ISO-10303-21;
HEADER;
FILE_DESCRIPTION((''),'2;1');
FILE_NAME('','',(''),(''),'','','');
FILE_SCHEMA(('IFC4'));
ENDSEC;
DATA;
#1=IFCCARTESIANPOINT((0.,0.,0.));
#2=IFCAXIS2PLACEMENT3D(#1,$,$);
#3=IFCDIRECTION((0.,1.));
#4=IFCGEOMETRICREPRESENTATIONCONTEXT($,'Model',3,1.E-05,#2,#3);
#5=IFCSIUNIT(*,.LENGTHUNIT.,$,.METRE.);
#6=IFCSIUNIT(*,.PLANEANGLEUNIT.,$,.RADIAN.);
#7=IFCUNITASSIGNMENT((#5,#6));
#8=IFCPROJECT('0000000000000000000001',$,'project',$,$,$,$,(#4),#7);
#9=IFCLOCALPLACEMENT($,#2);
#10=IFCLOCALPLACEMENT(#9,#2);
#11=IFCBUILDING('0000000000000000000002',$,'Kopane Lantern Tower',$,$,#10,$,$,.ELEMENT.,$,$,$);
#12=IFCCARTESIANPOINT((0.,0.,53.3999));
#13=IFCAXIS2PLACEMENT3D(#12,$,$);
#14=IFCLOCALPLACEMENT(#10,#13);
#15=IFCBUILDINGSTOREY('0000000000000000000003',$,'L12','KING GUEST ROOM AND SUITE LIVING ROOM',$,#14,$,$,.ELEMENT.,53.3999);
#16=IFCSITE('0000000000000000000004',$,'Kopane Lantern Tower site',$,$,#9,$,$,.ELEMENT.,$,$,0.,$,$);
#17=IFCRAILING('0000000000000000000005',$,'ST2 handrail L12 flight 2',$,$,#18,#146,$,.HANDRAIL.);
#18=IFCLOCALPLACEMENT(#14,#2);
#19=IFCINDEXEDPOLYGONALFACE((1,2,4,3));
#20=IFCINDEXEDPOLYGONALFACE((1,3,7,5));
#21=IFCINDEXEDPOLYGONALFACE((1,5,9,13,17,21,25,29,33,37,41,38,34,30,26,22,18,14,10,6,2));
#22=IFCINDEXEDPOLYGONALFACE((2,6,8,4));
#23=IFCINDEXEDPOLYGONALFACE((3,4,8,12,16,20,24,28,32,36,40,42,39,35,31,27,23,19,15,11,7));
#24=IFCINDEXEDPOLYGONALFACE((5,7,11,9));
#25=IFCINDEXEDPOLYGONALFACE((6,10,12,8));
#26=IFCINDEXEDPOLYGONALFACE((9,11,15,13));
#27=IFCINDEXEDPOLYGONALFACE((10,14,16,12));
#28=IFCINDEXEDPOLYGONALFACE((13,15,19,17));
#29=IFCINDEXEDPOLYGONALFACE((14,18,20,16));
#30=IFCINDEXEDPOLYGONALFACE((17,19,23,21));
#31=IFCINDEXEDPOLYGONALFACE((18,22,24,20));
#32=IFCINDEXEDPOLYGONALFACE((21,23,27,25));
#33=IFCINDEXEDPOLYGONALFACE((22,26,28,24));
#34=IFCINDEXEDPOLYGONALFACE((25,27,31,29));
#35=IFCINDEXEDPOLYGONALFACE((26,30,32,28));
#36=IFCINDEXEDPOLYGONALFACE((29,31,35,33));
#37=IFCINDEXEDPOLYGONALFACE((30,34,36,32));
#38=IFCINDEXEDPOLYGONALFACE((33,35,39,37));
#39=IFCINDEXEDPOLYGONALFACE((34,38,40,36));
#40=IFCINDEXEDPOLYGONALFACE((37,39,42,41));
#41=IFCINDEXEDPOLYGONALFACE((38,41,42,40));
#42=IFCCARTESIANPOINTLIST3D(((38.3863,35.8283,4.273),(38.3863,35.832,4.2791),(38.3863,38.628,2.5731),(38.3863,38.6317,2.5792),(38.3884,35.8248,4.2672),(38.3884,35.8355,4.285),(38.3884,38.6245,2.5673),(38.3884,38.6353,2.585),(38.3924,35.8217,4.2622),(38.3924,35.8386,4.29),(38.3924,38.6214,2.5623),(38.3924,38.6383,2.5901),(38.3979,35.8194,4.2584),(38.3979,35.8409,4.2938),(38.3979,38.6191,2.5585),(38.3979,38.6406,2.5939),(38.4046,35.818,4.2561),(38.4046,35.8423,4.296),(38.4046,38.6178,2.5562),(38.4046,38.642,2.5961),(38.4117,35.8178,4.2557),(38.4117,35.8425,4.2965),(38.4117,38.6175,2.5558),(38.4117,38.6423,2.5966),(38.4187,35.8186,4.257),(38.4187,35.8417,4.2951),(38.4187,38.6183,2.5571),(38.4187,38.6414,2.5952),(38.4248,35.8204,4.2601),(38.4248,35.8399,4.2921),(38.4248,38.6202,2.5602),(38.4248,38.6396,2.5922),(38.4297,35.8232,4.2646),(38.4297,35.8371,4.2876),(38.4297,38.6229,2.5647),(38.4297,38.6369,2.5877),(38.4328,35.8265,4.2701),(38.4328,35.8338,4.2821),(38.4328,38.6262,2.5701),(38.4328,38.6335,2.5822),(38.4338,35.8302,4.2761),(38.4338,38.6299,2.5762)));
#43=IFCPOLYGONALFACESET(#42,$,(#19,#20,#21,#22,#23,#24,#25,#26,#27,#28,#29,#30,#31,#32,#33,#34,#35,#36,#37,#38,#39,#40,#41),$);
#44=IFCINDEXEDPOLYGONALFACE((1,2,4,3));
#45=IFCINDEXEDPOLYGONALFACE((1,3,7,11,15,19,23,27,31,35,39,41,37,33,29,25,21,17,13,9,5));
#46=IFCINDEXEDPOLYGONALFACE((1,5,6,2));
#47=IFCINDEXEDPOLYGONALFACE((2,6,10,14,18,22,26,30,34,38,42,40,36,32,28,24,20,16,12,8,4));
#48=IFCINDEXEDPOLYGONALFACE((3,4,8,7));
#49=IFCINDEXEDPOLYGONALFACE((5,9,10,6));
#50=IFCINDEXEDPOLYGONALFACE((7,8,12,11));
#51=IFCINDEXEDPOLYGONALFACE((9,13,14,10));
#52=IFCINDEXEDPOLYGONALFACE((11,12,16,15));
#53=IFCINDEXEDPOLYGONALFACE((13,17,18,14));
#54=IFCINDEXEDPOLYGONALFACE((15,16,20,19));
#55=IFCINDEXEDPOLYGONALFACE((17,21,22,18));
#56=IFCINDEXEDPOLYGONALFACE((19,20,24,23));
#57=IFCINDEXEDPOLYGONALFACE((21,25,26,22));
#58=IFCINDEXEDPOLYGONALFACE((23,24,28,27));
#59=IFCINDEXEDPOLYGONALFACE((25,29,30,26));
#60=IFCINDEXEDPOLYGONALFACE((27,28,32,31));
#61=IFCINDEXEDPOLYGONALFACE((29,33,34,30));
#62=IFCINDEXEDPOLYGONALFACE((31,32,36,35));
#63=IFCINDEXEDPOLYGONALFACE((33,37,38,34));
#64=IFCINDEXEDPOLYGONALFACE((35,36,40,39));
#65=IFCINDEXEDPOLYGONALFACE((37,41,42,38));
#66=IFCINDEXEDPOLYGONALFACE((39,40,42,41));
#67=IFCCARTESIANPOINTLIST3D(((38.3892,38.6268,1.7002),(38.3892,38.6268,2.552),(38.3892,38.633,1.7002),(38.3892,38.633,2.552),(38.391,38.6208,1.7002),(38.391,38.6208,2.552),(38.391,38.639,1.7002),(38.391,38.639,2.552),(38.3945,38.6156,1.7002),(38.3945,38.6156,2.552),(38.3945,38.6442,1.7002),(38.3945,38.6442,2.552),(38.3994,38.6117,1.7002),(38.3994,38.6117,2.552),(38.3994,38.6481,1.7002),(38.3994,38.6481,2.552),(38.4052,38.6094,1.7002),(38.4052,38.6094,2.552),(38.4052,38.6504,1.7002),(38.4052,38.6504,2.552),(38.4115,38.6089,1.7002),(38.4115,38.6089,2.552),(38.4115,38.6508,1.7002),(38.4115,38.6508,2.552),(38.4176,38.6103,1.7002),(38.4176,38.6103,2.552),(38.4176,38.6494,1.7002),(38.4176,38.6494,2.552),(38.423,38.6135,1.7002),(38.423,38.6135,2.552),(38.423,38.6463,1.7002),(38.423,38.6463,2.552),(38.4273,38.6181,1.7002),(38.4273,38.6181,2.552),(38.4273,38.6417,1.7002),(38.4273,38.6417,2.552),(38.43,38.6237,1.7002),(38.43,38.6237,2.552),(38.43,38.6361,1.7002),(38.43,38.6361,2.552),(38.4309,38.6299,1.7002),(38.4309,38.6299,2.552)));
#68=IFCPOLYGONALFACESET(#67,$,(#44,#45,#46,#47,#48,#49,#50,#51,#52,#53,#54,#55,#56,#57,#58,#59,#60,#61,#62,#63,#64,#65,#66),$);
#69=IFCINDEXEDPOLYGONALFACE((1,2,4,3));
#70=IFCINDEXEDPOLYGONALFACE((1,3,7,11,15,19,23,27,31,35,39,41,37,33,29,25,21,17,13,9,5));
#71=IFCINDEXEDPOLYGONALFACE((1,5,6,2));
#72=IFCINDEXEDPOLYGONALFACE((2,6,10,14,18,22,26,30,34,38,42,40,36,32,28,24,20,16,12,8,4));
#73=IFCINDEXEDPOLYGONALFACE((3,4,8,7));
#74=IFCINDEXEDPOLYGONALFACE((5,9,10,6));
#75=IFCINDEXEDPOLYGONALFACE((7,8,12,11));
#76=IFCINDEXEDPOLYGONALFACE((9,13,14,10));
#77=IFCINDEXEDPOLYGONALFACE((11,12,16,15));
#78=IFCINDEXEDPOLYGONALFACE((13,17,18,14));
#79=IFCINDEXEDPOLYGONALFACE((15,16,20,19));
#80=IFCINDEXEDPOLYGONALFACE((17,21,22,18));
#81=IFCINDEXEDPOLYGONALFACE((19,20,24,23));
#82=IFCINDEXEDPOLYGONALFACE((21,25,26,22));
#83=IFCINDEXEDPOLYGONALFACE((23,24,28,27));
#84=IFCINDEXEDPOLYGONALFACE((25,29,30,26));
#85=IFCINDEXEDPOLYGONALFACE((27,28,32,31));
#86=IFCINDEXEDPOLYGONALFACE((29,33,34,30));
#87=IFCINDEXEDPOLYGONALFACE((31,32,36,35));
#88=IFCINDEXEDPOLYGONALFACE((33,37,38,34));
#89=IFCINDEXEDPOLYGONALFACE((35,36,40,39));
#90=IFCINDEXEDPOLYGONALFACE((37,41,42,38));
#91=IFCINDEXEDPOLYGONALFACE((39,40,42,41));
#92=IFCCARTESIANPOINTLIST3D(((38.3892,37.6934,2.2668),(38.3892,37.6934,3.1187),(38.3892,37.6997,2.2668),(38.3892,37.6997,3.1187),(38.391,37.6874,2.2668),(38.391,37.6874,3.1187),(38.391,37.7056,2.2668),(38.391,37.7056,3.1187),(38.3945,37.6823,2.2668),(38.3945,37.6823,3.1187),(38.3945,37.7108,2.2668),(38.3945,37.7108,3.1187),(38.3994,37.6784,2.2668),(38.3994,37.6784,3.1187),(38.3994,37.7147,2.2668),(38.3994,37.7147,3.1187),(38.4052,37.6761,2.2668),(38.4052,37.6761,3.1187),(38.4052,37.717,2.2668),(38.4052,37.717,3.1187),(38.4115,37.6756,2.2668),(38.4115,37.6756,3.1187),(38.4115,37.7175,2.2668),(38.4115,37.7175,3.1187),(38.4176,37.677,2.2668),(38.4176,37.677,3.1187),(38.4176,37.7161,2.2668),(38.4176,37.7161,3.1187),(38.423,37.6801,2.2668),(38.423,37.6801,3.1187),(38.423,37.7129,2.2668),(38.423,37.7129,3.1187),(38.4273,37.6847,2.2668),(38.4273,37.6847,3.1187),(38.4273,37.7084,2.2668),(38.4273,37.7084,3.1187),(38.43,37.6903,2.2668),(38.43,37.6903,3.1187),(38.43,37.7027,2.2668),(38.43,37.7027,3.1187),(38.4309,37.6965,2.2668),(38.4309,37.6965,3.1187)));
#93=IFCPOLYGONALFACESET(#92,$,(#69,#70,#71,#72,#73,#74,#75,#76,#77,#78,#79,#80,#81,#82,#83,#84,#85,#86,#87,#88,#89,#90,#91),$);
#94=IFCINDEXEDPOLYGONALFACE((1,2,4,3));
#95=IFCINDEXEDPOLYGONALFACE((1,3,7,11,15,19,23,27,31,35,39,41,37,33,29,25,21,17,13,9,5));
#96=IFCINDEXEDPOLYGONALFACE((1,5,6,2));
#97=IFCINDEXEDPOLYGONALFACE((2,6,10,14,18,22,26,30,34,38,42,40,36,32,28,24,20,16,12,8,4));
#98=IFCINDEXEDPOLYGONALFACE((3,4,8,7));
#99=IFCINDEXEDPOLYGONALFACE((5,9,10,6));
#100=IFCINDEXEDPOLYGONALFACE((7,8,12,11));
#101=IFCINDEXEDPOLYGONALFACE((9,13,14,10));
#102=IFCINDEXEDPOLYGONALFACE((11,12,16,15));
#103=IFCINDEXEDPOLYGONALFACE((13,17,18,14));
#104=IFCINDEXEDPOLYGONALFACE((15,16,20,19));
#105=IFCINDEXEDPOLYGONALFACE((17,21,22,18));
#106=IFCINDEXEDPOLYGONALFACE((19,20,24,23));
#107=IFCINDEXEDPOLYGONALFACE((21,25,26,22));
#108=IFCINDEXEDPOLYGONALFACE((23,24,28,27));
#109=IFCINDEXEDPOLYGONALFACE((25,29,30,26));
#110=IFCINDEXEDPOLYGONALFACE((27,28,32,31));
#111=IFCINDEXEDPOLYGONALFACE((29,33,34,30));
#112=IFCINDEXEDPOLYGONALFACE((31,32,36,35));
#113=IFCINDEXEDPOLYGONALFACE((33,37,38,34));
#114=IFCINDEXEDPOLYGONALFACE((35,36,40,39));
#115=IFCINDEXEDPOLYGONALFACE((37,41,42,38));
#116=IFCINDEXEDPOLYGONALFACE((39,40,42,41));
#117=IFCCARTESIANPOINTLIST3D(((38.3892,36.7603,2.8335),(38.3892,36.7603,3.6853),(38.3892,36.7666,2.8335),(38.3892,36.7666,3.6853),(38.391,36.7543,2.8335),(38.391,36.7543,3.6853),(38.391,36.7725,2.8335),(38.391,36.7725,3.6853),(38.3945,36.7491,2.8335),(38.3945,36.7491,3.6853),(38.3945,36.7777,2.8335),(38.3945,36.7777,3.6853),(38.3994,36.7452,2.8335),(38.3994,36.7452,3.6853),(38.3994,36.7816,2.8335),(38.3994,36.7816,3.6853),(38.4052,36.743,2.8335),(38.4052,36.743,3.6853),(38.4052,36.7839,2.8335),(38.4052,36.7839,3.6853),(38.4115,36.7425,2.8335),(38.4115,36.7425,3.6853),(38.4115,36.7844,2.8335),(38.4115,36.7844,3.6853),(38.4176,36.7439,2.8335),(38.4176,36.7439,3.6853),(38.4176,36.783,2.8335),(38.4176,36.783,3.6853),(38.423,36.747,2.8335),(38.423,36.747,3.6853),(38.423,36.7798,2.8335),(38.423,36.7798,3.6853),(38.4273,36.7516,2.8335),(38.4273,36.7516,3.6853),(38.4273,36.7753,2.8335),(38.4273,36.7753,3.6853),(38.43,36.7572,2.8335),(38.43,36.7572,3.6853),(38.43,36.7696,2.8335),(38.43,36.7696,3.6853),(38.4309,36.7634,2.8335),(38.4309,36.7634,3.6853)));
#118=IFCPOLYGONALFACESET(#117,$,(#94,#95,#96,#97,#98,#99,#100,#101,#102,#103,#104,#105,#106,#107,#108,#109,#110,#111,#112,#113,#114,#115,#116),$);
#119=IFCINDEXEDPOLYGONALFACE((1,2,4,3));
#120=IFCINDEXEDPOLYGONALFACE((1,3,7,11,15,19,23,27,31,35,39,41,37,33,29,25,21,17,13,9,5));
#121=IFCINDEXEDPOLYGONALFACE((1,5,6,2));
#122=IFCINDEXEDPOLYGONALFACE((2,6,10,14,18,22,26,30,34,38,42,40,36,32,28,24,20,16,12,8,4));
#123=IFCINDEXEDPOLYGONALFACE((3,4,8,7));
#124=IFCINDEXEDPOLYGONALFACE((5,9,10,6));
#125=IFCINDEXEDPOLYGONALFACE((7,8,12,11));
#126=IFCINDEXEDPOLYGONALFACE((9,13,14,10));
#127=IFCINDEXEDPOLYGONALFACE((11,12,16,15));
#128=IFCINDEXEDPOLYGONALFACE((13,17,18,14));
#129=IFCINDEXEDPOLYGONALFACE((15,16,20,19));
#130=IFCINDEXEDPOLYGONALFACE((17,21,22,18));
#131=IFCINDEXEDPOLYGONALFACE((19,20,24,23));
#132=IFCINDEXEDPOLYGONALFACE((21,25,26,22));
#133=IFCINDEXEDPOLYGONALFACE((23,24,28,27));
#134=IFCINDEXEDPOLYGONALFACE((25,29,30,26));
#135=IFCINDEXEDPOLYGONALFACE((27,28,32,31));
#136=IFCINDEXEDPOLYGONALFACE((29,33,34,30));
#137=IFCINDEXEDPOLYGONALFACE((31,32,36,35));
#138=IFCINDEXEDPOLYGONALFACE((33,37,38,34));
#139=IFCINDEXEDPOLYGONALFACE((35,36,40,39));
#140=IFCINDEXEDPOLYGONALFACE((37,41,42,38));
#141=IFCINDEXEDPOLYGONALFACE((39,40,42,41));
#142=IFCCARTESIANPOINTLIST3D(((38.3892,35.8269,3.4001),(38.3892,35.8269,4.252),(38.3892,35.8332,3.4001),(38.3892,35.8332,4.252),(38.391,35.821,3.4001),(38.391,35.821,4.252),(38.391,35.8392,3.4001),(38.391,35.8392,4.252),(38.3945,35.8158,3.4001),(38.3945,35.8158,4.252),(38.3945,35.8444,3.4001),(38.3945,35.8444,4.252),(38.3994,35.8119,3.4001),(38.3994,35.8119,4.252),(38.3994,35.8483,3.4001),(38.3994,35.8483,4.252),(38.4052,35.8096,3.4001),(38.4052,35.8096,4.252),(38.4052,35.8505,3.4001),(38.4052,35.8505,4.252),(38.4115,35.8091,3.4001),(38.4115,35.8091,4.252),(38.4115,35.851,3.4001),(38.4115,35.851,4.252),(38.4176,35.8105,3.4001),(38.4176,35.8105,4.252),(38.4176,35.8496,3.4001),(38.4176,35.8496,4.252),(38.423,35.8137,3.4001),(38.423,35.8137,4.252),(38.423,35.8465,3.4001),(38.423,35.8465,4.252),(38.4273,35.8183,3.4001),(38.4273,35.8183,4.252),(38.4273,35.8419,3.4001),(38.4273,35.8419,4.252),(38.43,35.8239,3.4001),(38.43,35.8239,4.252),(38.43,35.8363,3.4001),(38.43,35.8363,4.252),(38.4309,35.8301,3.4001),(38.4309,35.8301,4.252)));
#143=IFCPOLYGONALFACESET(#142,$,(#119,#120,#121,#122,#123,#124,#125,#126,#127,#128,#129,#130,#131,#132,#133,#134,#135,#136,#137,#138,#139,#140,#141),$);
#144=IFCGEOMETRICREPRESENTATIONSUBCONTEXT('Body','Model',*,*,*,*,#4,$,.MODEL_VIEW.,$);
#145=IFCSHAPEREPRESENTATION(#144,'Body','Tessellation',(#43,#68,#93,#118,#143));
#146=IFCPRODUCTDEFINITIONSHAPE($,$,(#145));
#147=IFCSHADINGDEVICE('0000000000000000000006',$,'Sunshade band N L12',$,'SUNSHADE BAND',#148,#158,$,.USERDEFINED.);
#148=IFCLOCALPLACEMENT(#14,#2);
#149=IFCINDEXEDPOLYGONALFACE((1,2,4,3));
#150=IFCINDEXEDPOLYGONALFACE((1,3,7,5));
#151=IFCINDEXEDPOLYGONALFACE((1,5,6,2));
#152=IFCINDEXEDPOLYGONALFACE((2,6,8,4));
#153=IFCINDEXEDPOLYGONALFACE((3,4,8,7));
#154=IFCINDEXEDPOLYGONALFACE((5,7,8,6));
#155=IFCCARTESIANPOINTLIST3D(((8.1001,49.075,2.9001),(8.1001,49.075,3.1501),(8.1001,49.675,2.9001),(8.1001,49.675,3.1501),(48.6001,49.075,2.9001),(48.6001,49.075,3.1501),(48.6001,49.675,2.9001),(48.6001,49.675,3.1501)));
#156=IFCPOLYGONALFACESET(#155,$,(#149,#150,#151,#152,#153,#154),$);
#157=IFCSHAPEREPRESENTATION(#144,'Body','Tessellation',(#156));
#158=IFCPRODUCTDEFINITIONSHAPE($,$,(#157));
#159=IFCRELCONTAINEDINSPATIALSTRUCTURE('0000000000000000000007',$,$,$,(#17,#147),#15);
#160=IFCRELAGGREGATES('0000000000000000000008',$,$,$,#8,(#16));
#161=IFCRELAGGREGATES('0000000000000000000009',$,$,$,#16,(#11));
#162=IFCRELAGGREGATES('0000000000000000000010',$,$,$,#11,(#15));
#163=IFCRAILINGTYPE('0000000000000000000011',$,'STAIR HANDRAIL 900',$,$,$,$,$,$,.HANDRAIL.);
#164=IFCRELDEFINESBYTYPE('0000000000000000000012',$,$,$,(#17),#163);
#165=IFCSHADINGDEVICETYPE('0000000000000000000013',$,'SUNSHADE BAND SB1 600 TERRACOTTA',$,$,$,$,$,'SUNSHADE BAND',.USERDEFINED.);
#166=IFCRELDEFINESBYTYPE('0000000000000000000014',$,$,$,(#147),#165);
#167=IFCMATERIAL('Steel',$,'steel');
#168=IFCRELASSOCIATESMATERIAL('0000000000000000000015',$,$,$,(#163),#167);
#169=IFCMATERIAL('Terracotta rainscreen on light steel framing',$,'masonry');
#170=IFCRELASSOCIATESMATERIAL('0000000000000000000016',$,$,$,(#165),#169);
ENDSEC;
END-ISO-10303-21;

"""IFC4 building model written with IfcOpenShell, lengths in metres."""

from ifc_helpers import new_model, si_unit, direction, frame, origin, origin_2d, place, context, subcontext, project, spatial, rectangle, circle, extrude, material, type_object, element, save


model = new_model("IFC4")

# Units and contexts
model_context = context("Model", 3, precision=1e-05, world=origin(), true_north=direction((0.0, 1.0)))
body_context = subcontext(model_context, "Body", "Model", "MODEL_VIEW")
ifc_project = project(units=[si_unit("LENGTHUNIT", "METRE"), si_unit("PLANEANGLEUNIT", "RADIAN")], contexts=[model_context])

# Site, building, storey
site_placement = place(None, origin())
site = spatial("IfcSite", under=ifc_project, at=site_placement, Name="Kopane Lantern Tower site", CompositionType="ELEMENT", RefElevation=0.0)
building_placement = place(site_placement, origin())
building = spatial("IfcBuilding", under=site, at=building_placement, Name="Kopane Lantern Tower", CompositionType="ELEMENT")
storey_placement = place(building_placement, frame((0.0, 0.0, 53.3999)))
storey = spatial("IfcBuildingStorey", under=building, at=storey_placement, Name="L12", Description="KING GUEST ROOM AND SUITE LIVING ROOM", CompositionType="ELEMENT", Elevation=53.3999)

# Railing
ifc_material_1 = material(Name="Steel", Category="steel")
railing_type = type_object("IfcRailingType", Name="STAIR HANDRAIL 900", PredefinedType="HANDRAIL", material=ifc_material_1)
for number, where, name in (
    (1, (38.4099, 38.6299, 1.7002), "ST2 handrail L12 flight 2"),
):
    element("IfcRailing", number, at=place(storey_placement, frame(where)), inside=storey, type_object=railing_type, Name=name, PredefinedType="HANDRAIL", context=body_context, shape_type="SweptSolid", body=[
        extrude(circle(Radius=0.0239, at=origin_2d()), frame((0.0, 0.0, 0.876), z_axis=(0.0, -0.854778, 0.518994), x_axis=(1.0, 0.0, 0.0)), (0.0, 0.0, 1.0), 3.2754),
        extrude(circle(Radius=0.021, at=origin_2d()), origin(), (0.0, 0.0, 1.0), 0.8518),
        extrude(circle(Radius=0.021, at=origin_2d()), frame((0.0, -0.9333, 0.5667)), (0.0, 0.0, 1.0), 0.8518),
        extrude(circle(Radius=0.021, at=origin_2d()), frame((0.0, -1.8665, 1.1333)), (0.0, 0.0, 1.0), 0.8518),
        extrude(circle(Radius=0.021, at=origin_2d()), frame((0.0, -2.7998, 1.7)), (0.0, 0.0, 1.0), 0.8518),
    ])

# Shading device
ifc_material_2 = material(Name="Terracotta rainscreen on light steel framing", Category="masonry")
shading_device_type = type_object("IfcShadingDeviceType", Name="SUNSHADE BAND SB1 600 TERRACOTTA", ElementType="SUNSHADE BAND", PredefinedType="USERDEFINED", material=ifc_material_2)
shading_device_placement = place(storey_placement, frame((28.3501, 49.375, 2.9001), z_axis=(0.0, 0.0, 1.0), x_axis=(-1.0, 0.0, 0.0)))
element("IfcShadingDevice", 2, at=shading_device_placement, inside=storey, type_object=shading_device_type, Name="Sunshade band N L12", ObjectType="SUNSHADE BAND", PredefinedType="USERDEFINED", context=body_context, shape_type="SweptSolid", body=[
    extrude(rectangle(XDim=40.5, YDim=0.6001, at=origin_2d()), origin(), (0.0, 0.0, 1.0), 0.25),
])

save(model, "model.ifc")
